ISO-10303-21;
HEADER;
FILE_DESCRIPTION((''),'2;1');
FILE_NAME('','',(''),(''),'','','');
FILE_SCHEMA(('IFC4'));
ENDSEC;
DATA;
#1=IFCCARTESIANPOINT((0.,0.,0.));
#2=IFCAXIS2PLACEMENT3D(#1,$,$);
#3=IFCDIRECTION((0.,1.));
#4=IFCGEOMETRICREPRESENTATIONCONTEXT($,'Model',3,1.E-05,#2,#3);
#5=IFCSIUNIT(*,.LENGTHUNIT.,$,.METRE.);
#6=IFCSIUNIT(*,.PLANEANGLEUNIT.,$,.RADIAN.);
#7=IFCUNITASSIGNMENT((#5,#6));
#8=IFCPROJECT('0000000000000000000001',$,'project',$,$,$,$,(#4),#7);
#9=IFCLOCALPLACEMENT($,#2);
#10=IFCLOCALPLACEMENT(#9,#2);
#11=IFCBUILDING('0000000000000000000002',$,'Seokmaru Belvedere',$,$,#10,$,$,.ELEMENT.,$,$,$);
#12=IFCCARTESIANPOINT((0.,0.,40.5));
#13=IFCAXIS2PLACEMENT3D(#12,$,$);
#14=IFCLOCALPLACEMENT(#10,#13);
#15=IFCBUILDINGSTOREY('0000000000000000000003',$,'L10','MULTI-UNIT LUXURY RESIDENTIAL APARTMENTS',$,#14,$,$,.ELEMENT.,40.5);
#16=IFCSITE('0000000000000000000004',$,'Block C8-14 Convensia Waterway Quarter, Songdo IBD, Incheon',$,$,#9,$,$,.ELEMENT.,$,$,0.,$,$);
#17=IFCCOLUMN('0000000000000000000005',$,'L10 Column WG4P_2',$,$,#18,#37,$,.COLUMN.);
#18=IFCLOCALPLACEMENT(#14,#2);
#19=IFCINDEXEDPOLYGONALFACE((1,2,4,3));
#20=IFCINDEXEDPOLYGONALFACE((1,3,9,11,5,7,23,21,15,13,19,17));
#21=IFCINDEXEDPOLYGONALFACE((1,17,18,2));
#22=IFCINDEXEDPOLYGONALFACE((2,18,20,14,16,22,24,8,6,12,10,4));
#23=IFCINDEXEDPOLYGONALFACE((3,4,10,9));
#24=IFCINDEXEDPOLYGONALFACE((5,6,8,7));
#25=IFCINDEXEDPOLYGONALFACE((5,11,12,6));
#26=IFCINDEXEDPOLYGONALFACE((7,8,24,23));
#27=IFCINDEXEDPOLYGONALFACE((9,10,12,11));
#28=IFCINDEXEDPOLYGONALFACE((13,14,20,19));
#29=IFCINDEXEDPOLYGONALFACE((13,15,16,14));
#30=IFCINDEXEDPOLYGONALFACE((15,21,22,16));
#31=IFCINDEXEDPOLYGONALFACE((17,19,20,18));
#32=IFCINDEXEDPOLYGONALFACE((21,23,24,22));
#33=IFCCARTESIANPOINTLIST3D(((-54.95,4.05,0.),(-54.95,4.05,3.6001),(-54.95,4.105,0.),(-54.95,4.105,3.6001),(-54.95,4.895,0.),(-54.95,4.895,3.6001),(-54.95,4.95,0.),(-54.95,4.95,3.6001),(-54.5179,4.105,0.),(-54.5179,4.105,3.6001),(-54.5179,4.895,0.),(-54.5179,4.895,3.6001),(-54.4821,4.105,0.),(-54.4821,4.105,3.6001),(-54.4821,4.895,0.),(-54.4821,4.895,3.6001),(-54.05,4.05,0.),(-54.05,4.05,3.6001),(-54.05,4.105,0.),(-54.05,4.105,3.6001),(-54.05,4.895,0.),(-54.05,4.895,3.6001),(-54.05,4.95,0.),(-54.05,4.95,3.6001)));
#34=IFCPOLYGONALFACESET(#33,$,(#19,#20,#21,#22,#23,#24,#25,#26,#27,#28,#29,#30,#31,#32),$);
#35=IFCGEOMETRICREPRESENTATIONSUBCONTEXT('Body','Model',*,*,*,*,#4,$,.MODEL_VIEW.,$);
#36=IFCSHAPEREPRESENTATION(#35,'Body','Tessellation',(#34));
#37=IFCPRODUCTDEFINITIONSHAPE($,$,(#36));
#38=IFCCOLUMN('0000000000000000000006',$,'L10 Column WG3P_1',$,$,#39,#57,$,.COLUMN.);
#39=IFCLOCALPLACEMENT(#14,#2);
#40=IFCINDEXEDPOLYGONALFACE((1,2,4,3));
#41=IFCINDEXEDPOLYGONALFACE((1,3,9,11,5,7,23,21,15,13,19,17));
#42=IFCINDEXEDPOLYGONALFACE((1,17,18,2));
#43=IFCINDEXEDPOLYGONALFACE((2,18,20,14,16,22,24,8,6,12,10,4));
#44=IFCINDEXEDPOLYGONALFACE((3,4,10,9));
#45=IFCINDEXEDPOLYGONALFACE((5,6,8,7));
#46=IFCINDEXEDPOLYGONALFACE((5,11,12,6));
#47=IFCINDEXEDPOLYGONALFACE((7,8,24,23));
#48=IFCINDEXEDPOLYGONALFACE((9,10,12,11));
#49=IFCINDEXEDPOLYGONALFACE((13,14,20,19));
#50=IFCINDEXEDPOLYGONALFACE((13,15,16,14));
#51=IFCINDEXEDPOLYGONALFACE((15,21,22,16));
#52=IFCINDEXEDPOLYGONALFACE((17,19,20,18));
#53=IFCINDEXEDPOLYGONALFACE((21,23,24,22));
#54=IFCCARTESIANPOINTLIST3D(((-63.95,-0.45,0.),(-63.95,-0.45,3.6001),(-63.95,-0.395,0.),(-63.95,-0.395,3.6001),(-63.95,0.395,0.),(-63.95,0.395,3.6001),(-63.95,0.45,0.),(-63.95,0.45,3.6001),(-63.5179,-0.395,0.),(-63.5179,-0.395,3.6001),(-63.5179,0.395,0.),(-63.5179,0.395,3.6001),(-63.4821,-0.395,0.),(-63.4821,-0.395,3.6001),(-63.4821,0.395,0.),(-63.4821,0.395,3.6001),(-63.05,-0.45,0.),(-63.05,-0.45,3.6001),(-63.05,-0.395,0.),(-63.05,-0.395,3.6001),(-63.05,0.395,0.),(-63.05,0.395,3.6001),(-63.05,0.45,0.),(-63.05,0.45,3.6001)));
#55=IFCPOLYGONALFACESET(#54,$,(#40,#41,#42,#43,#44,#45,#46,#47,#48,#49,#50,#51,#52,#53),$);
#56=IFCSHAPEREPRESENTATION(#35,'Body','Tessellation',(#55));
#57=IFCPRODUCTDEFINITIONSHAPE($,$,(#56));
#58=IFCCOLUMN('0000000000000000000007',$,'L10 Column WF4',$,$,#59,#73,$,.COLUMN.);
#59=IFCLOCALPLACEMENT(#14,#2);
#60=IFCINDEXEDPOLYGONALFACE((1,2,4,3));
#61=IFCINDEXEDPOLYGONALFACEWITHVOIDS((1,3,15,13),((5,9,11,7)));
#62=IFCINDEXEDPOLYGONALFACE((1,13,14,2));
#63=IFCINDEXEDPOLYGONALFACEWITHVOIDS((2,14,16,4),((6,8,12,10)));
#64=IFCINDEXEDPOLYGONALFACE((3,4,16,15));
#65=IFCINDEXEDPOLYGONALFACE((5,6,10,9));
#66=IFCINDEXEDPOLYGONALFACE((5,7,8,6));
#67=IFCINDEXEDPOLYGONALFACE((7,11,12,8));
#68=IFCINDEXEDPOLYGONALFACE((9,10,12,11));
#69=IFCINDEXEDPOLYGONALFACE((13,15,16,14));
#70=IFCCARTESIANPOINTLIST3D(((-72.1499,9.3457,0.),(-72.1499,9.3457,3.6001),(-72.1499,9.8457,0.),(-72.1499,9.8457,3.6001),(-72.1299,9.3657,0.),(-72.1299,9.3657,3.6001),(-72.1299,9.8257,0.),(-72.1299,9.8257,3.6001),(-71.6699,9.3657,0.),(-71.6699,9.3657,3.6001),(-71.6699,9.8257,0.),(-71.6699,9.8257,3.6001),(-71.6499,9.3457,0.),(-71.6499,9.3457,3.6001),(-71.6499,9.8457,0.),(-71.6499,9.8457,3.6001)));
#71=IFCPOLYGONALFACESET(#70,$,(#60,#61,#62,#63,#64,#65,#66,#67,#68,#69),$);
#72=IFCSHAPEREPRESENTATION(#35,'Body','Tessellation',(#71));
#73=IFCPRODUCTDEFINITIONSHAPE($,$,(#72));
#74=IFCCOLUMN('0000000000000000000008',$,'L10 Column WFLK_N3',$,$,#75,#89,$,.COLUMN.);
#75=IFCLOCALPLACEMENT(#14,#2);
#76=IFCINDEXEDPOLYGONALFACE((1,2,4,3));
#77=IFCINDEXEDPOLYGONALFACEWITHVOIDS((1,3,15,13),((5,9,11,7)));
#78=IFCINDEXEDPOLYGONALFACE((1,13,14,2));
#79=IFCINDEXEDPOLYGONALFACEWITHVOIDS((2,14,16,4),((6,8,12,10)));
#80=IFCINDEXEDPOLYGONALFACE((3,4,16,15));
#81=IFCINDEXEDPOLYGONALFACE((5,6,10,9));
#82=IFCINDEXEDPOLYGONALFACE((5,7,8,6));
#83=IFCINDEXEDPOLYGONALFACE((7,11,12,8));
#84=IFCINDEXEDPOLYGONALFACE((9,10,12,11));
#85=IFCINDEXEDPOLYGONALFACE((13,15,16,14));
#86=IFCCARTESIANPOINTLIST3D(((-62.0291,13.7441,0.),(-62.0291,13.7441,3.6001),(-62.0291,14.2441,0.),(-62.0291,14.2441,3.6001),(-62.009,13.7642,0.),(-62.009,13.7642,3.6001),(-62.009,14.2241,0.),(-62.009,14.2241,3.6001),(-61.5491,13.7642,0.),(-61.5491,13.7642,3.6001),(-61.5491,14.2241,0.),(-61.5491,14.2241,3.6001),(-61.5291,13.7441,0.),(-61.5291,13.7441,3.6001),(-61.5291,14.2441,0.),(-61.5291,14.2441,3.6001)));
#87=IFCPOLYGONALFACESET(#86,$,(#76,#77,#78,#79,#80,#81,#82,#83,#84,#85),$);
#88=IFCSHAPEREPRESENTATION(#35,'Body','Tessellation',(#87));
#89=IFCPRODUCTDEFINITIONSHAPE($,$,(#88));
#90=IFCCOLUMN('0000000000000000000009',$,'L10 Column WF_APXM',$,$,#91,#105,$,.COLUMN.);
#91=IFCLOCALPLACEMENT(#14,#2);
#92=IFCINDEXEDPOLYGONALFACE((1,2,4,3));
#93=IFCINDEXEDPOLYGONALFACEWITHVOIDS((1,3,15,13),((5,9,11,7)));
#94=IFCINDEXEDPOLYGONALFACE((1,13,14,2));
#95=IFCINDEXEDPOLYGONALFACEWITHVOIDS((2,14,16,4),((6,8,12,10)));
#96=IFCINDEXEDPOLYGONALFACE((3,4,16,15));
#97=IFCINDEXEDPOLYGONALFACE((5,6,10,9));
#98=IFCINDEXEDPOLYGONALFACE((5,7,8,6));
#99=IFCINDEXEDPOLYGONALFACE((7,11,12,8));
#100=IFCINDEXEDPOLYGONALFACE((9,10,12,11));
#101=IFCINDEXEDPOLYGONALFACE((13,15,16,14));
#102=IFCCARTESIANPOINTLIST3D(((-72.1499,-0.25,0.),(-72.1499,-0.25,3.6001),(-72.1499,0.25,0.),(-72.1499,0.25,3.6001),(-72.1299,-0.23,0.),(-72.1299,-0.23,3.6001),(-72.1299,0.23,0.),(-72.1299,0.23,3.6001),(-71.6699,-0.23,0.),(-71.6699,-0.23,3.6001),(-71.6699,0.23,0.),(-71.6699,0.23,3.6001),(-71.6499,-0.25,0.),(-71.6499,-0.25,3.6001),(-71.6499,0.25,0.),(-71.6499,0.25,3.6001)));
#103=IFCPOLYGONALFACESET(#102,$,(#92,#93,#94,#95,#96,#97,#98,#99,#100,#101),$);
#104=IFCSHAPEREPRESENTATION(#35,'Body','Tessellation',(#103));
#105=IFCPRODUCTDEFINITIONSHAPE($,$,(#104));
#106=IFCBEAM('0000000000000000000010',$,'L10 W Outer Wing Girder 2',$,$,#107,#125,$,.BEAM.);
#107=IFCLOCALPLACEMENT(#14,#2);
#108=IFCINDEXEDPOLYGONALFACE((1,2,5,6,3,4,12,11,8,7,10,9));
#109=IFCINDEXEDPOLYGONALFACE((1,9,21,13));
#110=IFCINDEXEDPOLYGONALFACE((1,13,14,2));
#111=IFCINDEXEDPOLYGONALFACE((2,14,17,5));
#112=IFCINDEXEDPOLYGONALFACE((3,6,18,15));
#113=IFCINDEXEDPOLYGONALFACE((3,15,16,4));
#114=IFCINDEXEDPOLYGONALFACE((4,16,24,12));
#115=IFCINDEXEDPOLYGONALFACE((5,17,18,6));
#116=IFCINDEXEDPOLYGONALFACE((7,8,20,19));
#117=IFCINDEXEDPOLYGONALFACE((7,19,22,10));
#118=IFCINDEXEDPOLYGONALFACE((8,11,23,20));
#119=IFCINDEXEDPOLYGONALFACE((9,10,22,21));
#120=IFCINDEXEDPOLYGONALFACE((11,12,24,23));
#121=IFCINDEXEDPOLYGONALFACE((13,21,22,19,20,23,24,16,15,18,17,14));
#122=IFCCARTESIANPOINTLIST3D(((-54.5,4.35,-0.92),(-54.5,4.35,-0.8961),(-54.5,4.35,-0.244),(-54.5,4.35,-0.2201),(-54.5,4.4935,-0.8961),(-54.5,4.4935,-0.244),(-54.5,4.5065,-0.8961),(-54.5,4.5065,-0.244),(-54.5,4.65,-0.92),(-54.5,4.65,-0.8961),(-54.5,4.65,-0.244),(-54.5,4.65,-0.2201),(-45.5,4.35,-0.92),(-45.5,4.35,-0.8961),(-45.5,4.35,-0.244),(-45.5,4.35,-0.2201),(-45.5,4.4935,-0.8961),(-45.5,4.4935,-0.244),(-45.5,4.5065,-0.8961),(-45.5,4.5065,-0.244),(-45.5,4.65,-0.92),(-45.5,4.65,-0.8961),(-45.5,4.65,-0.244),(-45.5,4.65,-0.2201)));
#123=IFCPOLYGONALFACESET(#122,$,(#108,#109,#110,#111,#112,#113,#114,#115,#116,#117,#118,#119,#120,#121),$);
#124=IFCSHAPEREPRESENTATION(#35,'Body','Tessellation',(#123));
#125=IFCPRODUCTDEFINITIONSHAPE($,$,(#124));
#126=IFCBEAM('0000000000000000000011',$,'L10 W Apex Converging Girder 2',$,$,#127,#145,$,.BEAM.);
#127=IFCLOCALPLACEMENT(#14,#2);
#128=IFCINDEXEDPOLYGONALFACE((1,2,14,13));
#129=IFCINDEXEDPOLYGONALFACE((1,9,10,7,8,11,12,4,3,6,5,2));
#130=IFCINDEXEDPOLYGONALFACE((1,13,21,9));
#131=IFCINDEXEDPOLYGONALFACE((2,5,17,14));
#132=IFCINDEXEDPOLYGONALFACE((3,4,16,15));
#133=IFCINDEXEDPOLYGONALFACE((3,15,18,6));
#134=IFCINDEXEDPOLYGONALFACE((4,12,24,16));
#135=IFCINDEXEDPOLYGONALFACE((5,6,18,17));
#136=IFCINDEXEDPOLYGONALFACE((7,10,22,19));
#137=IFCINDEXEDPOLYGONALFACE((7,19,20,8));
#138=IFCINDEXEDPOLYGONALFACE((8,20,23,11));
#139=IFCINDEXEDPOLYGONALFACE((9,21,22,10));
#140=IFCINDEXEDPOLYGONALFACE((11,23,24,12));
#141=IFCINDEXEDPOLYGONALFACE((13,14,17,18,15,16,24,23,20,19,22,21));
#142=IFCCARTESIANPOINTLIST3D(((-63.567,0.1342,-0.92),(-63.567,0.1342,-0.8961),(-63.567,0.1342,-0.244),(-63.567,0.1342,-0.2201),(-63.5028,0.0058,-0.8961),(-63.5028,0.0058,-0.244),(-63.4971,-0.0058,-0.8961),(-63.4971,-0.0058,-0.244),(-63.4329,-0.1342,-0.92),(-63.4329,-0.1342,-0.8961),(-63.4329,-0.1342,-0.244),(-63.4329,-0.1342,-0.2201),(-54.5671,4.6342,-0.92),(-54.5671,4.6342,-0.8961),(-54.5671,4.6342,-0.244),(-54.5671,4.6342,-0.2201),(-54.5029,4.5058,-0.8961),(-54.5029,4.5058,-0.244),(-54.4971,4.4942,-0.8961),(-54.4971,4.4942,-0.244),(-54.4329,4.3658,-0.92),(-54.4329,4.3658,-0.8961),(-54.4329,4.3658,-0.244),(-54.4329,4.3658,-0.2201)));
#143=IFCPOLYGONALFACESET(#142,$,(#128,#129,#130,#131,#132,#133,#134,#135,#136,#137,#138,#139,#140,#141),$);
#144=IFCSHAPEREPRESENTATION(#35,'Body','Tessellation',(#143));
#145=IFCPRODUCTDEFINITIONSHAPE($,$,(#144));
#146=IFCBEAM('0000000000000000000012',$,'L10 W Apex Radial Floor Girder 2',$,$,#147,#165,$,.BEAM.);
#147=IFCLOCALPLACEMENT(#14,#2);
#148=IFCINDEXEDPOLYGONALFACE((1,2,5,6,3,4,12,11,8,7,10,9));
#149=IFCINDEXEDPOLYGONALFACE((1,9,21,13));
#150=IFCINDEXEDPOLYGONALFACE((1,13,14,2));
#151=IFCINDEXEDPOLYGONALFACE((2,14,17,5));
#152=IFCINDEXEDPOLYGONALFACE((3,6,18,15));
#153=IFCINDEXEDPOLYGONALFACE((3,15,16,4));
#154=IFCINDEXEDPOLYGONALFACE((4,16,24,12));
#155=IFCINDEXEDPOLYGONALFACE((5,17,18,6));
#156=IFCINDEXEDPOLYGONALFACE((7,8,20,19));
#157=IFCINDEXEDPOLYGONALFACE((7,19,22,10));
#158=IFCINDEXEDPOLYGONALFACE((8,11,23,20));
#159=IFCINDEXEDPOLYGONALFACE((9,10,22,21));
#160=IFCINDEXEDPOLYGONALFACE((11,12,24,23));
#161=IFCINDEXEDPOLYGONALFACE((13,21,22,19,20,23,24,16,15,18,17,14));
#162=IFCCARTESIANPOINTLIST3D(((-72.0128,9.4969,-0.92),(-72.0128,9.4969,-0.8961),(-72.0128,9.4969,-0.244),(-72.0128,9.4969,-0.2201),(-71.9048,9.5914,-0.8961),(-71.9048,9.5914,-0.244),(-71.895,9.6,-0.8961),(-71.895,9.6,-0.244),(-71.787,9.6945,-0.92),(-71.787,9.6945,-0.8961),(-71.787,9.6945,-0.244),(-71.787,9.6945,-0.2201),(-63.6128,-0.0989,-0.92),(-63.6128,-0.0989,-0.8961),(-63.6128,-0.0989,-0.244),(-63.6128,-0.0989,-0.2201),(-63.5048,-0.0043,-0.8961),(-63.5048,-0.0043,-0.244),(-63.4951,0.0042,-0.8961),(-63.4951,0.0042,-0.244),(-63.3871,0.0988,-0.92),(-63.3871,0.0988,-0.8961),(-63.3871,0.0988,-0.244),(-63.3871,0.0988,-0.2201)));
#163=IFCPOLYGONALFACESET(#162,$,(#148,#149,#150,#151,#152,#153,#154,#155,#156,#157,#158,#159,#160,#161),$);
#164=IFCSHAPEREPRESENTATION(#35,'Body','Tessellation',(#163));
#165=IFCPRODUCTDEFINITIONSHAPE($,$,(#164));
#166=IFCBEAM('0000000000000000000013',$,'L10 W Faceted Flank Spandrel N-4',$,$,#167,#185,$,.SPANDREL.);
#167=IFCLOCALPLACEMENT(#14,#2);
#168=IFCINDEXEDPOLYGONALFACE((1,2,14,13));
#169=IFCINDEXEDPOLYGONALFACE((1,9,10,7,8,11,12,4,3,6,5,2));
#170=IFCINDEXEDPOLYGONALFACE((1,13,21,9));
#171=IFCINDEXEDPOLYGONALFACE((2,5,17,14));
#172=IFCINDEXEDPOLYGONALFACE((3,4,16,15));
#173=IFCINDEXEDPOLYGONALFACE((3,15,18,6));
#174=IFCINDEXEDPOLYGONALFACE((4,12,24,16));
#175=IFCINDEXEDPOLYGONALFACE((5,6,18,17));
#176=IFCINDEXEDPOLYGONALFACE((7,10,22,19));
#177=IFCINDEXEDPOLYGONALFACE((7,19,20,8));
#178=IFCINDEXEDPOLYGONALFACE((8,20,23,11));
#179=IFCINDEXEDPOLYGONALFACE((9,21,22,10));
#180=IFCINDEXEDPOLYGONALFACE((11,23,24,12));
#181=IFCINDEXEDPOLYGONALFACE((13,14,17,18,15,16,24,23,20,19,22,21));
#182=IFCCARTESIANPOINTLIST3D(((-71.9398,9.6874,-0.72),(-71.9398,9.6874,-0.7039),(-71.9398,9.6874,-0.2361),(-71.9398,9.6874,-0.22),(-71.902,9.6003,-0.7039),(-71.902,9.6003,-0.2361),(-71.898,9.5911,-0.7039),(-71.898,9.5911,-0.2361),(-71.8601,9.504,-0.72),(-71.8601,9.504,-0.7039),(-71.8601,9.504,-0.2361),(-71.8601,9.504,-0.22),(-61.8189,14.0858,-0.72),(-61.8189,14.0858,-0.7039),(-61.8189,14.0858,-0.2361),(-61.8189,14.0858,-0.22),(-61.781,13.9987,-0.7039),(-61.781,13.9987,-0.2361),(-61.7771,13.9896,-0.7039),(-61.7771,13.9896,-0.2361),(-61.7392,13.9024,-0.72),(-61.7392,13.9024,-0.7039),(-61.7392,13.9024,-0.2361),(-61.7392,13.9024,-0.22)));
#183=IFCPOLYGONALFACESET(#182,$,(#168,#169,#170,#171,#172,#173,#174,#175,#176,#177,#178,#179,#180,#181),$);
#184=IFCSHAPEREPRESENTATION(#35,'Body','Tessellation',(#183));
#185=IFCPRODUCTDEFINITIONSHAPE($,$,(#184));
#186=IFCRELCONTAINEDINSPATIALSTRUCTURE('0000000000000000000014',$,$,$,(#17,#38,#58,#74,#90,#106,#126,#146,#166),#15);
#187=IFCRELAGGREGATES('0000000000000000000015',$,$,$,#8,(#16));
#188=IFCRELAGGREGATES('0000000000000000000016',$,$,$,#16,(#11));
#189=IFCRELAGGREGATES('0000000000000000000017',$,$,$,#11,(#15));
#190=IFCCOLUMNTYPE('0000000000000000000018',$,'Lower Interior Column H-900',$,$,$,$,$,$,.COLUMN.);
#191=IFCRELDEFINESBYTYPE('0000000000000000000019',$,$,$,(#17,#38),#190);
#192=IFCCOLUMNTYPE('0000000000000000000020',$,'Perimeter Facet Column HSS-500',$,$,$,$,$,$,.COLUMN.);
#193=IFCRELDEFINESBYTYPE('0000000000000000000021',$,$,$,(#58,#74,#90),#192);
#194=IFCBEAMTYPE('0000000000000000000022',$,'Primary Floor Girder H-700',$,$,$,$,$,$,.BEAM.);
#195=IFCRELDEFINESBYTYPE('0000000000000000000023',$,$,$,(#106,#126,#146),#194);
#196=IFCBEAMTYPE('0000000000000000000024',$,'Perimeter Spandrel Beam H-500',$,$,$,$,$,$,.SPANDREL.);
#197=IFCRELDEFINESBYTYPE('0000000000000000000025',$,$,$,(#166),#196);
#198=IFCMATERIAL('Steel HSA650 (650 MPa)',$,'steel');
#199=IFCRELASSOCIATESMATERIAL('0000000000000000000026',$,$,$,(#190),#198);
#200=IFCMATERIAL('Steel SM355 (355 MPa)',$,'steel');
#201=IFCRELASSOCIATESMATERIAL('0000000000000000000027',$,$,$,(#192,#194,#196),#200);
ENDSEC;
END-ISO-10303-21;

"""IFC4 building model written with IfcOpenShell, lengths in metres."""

from ifc_helpers import new_model, si_unit, direction, frame, origin, origin_2d, place, context, subcontext, project, spatial, hollow_rectangle, i_section, extrude, source, transform, mapped, material, material_profile, profile_set, type_object, type_shapes, element, save


model = new_model("IFC4")

# Units and contexts
model_context = context("Model", 3, precision=1e-05, world=origin(), true_north=direction((0.0, 1.0)))
body_context = subcontext(model_context, "Body", "Model", "MODEL_VIEW")
ifc_project = project(units=[si_unit("LENGTHUNIT", "METRE"), si_unit("PLANEANGLEUNIT", "RADIAN")], contexts=[model_context])

# Site, building, storey
site_placement = place(None, origin())
site = spatial("IfcSite", under=ifc_project, at=site_placement, Name="Block C8-14 Convensia Waterway Quarter, Songdo IBD, Incheon", CompositionType="ELEMENT", RefElevation=0.0)
building_placement = place(site_placement, origin())
building = spatial("IfcBuilding", under=site, at=building_placement, Name="Seokmaru Belvedere", CompositionType="ELEMENT")
storey_placement = place(building_placement, frame((0.0, 0.0, 40.5)))
storey = spatial("IfcBuildingStorey", under=building, at=storey_placement, Name="L10", Description="MULTI-UNIT LUXURY RESIDENTIAL APARTMENTS", CompositionType="ELEMENT", Elevation=40.5)

# Columns
ifc_material_1 = material(Name="Steel HSA650 (650 MPa)", Category="steel")
ifc_material_profile_1 = material_profile(ifc_material_1, i_section(OverallWidth=0.8999, OverallDepth=0.8999, WebThickness=0.0359, FlangeThickness=0.0549, at=origin_2d()), Name="H-900x900x36x55")
ifc_profile_set_1 = profile_set([ifc_material_profile_1], Name="Steel HSA650 (650 MPa)")
column_type_1 = type_object("IfcColumnType", Name="Lower Interior Column H-900", PredefinedType="COLUMN", material=ifc_profile_set_1)
shared_shape_1 = source(origin(), body_context, "Body", "SweptSolid", [
    extrude(i_section(OverallWidth=0.8999, OverallDepth=0.8999, WebThickness=0.0359, FlangeThickness=0.0549, at=origin_2d()), origin(), (0.0, 0.0, 1.0), 3.6001),
])
type_shapes(column_type_1, [shared_shape_1])
for number, where, z_axis, x_axis, name in (
    (1, (-54.5, 4.5, 0.0), (0.0, 0.0, 1.0), (1.0, 0.0, 0.0), "L10 Column WG4P_2"),
    (2, (-63.5, 0.0, 0.0), (0.0, 0.0, 1.0), (1.0, 0.0, 0.0), "L10 Column WG3P_1"),
):
    element("IfcColumn", number, at=place(storey_placement, frame(where, z_axis=z_axis, x_axis=x_axis)), inside=storey, type_object=column_type_1, Name=name, PredefinedType="COLUMN", context=body_context, shape_type="MappedRepresentation", body=[
        mapped(shared_shape_1, transform((0.0, 0.0, 0.0), scale=1.0)),
    ])
ifc_material_2 = material(Name="Steel SM355 (355 MPa)", Category="steel")
ifc_material_profile_2 = material_profile(ifc_material_2, hollow_rectangle(XDim=0.5, YDim=0.5, WallThickness=0.02, at=origin_2d()), Name="HSS-500x500x20")
ifc_profile_set_2 = profile_set([ifc_material_profile_2], Name="Steel SM355 (355 MPa)")
column_type_2 = type_object("IfcColumnType", Name="Perimeter Facet Column HSS-500", PredefinedType="COLUMN", material=ifc_profile_set_2)
shared_shape_2 = source(origin(), body_context, "Body", "SweptSolid", [
    extrude(hollow_rectangle(XDim=0.5, YDim=0.5, WallThickness=0.02, at=origin_2d()), origin(), (0.0, 0.0, 1.0), 3.6001),
])
type_shapes(column_type_2, [shared_shape_2])
for number, where, z_axis, x_axis, name in (
    (3, (-71.8999, 9.5957, 0.0), (0.0, 0.0, 1.0), (1.0, 0.0, 0.0), "L10 Column WF4"),
    (4, (-61.7791, 13.9941, 0.0), (0.0, 0.0, 1.0), (1.0, 0.0, 0.0), "L10 Column WFLK_N3"),
    (5, (-71.8999, 0.0, 0.0), (0.0, 0.0, 1.0), (1.0, 0.0, 0.0), "L10 Column WF_APXM"),
):
    element("IfcColumn", number, at=place(storey_placement, frame(where, z_axis=z_axis, x_axis=x_axis)), inside=storey, type_object=column_type_2, Name=name, PredefinedType="COLUMN", context=body_context, shape_type="MappedRepresentation", body=[
        mapped(shared_shape_2, transform((0.0, 0.0, 0.0), scale=1.0)),
    ])

# Beams
ifc_material_profile_3 = material_profile(ifc_material_2, i_section(OverallWidth=0.3, OverallDepth=0.7, WebThickness=0.0129, FlangeThickness=0.0239, at=origin_2d()), Name="H-700x300x13x24")
ifc_profile_set_3 = profile_set([ifc_material_profile_3], Name="Steel SM355 (355 MPa)")
beam_type_1 = type_object("IfcBeamType", Name="Primary Floor Girder H-700", PredefinedType="BEAM", material=ifc_profile_set_3)
shared_shape_3 = source(origin(), body_context, "Body", "SweptSolid", [
    extrude(i_section(OverallWidth=0.3, OverallDepth=0.7, WebThickness=0.0129, FlangeThickness=0.0239, at=origin_2d()), origin(), (0.0, 0.0, 1.0), 9.0),
])
beam_1_placement = place(storey_placement, frame((-54.5, 4.5, -0.5701), z_axis=(1.0, 0.0, 0.0), x_axis=(0.0, 1.0, 0.0)))
element("IfcBeam", 6, at=beam_1_placement, inside=storey, type_object=beam_type_1, Name="L10 W Outer Wing Girder 2", PredefinedType="BEAM", context=body_context, shape_type="MappedRepresentation", body=[
    mapped(shared_shape_3, transform((0.0, 0.0, 0.0), scale=1.0)),
])
shared_shape_4 = source(origin(), body_context, "Body", "SweptSolid", [
    extrude(i_section(OverallWidth=0.3, OverallDepth=0.7, WebThickness=0.0129, FlangeThickness=0.0239, at=origin_2d()), origin(), (0.0, 0.0, 1.0), 10.0623),
])
beam_2_placement = place(storey_placement, frame((-54.5, 4.5, -0.5701), z_axis=(-0.894427, -0.447214, 0.0), x_axis=(0.447214, -0.894427, 0.0)))
element("IfcBeam", 7, at=beam_2_placement, inside=storey, type_object=beam_type_1, Name="L10 W Apex Converging Girder 2", PredefinedType="BEAM", context=body_context, shape_type="MappedRepresentation", body=[
    mapped(shared_shape_4, transform((0.0, 0.0, 0.0), scale=1.0)),
])
shared_shape_5 = source(origin(), body_context, "Body", "SweptSolid", [
    extrude(i_section(OverallWidth=0.3, OverallDepth=0.7, WebThickness=0.0129, FlangeThickness=0.0239, at=origin_2d()), origin(), (0.0, 0.0, 1.0), 12.7529),
])
beam_3_placement = place(storey_placement, frame((-71.8999, 9.5957, -0.5701), z_axis=(0.658667, -0.752434, 0.0), x_axis=(0.752434, 0.658667, 0.0)))
element("IfcBeam", 8, at=beam_3_placement, inside=storey, type_object=beam_type_1, Name="L10 W Apex Radial Floor Girder 2", PredefinedType="BEAM", context=body_context, shape_type="MappedRepresentation", body=[
    mapped(shared_shape_5, transform((0.0, 0.0, 0.0), scale=1.0)),
])
ifc_material_profile_4 = material_profile(ifc_material_2, i_section(OverallWidth=0.2, OverallDepth=0.5, WebThickness=0.01, FlangeThickness=0.0161, at=origin_2d()), Name="H-500x200x10x16")
ifc_profile_set_4 = profile_set([ifc_material_profile_4], Name="Steel SM355 (355 MPa)")
beam_type_2 = type_object("IfcBeamType", Name="Perimeter Spandrel Beam H-500", PredefinedType="SPANDREL", material=ifc_profile_set_4)
shared_shape_6 = source(origin(), body_context, "Body", "SweptSolid", [
    extrude(i_section(OverallWidth=0.2, OverallDepth=0.5, WebThickness=0.01, FlangeThickness=0.0161, at=origin_2d()), origin(), (0.0, 0.0, 1.0), 11.0354),
])
beam_4_placement = place(storey_placement, frame((-61.7791, 13.9941, -0.47), z_axis=(-0.917134, -0.398579, 0.0), x_axis=(0.398579, -0.917134, 0.0)))
element("IfcBeam", 9, at=beam_4_placement, inside=storey, type_object=beam_type_2, Name="L10 W Faceted Flank Spandrel N-4", PredefinedType="SPANDREL", context=body_context, shape_type="MappedRepresentation", body=[
    mapped(shared_shape_6, transform((0.0, 0.0, 0.0), scale=1.0)),
])

save(model, "model.ifc")
